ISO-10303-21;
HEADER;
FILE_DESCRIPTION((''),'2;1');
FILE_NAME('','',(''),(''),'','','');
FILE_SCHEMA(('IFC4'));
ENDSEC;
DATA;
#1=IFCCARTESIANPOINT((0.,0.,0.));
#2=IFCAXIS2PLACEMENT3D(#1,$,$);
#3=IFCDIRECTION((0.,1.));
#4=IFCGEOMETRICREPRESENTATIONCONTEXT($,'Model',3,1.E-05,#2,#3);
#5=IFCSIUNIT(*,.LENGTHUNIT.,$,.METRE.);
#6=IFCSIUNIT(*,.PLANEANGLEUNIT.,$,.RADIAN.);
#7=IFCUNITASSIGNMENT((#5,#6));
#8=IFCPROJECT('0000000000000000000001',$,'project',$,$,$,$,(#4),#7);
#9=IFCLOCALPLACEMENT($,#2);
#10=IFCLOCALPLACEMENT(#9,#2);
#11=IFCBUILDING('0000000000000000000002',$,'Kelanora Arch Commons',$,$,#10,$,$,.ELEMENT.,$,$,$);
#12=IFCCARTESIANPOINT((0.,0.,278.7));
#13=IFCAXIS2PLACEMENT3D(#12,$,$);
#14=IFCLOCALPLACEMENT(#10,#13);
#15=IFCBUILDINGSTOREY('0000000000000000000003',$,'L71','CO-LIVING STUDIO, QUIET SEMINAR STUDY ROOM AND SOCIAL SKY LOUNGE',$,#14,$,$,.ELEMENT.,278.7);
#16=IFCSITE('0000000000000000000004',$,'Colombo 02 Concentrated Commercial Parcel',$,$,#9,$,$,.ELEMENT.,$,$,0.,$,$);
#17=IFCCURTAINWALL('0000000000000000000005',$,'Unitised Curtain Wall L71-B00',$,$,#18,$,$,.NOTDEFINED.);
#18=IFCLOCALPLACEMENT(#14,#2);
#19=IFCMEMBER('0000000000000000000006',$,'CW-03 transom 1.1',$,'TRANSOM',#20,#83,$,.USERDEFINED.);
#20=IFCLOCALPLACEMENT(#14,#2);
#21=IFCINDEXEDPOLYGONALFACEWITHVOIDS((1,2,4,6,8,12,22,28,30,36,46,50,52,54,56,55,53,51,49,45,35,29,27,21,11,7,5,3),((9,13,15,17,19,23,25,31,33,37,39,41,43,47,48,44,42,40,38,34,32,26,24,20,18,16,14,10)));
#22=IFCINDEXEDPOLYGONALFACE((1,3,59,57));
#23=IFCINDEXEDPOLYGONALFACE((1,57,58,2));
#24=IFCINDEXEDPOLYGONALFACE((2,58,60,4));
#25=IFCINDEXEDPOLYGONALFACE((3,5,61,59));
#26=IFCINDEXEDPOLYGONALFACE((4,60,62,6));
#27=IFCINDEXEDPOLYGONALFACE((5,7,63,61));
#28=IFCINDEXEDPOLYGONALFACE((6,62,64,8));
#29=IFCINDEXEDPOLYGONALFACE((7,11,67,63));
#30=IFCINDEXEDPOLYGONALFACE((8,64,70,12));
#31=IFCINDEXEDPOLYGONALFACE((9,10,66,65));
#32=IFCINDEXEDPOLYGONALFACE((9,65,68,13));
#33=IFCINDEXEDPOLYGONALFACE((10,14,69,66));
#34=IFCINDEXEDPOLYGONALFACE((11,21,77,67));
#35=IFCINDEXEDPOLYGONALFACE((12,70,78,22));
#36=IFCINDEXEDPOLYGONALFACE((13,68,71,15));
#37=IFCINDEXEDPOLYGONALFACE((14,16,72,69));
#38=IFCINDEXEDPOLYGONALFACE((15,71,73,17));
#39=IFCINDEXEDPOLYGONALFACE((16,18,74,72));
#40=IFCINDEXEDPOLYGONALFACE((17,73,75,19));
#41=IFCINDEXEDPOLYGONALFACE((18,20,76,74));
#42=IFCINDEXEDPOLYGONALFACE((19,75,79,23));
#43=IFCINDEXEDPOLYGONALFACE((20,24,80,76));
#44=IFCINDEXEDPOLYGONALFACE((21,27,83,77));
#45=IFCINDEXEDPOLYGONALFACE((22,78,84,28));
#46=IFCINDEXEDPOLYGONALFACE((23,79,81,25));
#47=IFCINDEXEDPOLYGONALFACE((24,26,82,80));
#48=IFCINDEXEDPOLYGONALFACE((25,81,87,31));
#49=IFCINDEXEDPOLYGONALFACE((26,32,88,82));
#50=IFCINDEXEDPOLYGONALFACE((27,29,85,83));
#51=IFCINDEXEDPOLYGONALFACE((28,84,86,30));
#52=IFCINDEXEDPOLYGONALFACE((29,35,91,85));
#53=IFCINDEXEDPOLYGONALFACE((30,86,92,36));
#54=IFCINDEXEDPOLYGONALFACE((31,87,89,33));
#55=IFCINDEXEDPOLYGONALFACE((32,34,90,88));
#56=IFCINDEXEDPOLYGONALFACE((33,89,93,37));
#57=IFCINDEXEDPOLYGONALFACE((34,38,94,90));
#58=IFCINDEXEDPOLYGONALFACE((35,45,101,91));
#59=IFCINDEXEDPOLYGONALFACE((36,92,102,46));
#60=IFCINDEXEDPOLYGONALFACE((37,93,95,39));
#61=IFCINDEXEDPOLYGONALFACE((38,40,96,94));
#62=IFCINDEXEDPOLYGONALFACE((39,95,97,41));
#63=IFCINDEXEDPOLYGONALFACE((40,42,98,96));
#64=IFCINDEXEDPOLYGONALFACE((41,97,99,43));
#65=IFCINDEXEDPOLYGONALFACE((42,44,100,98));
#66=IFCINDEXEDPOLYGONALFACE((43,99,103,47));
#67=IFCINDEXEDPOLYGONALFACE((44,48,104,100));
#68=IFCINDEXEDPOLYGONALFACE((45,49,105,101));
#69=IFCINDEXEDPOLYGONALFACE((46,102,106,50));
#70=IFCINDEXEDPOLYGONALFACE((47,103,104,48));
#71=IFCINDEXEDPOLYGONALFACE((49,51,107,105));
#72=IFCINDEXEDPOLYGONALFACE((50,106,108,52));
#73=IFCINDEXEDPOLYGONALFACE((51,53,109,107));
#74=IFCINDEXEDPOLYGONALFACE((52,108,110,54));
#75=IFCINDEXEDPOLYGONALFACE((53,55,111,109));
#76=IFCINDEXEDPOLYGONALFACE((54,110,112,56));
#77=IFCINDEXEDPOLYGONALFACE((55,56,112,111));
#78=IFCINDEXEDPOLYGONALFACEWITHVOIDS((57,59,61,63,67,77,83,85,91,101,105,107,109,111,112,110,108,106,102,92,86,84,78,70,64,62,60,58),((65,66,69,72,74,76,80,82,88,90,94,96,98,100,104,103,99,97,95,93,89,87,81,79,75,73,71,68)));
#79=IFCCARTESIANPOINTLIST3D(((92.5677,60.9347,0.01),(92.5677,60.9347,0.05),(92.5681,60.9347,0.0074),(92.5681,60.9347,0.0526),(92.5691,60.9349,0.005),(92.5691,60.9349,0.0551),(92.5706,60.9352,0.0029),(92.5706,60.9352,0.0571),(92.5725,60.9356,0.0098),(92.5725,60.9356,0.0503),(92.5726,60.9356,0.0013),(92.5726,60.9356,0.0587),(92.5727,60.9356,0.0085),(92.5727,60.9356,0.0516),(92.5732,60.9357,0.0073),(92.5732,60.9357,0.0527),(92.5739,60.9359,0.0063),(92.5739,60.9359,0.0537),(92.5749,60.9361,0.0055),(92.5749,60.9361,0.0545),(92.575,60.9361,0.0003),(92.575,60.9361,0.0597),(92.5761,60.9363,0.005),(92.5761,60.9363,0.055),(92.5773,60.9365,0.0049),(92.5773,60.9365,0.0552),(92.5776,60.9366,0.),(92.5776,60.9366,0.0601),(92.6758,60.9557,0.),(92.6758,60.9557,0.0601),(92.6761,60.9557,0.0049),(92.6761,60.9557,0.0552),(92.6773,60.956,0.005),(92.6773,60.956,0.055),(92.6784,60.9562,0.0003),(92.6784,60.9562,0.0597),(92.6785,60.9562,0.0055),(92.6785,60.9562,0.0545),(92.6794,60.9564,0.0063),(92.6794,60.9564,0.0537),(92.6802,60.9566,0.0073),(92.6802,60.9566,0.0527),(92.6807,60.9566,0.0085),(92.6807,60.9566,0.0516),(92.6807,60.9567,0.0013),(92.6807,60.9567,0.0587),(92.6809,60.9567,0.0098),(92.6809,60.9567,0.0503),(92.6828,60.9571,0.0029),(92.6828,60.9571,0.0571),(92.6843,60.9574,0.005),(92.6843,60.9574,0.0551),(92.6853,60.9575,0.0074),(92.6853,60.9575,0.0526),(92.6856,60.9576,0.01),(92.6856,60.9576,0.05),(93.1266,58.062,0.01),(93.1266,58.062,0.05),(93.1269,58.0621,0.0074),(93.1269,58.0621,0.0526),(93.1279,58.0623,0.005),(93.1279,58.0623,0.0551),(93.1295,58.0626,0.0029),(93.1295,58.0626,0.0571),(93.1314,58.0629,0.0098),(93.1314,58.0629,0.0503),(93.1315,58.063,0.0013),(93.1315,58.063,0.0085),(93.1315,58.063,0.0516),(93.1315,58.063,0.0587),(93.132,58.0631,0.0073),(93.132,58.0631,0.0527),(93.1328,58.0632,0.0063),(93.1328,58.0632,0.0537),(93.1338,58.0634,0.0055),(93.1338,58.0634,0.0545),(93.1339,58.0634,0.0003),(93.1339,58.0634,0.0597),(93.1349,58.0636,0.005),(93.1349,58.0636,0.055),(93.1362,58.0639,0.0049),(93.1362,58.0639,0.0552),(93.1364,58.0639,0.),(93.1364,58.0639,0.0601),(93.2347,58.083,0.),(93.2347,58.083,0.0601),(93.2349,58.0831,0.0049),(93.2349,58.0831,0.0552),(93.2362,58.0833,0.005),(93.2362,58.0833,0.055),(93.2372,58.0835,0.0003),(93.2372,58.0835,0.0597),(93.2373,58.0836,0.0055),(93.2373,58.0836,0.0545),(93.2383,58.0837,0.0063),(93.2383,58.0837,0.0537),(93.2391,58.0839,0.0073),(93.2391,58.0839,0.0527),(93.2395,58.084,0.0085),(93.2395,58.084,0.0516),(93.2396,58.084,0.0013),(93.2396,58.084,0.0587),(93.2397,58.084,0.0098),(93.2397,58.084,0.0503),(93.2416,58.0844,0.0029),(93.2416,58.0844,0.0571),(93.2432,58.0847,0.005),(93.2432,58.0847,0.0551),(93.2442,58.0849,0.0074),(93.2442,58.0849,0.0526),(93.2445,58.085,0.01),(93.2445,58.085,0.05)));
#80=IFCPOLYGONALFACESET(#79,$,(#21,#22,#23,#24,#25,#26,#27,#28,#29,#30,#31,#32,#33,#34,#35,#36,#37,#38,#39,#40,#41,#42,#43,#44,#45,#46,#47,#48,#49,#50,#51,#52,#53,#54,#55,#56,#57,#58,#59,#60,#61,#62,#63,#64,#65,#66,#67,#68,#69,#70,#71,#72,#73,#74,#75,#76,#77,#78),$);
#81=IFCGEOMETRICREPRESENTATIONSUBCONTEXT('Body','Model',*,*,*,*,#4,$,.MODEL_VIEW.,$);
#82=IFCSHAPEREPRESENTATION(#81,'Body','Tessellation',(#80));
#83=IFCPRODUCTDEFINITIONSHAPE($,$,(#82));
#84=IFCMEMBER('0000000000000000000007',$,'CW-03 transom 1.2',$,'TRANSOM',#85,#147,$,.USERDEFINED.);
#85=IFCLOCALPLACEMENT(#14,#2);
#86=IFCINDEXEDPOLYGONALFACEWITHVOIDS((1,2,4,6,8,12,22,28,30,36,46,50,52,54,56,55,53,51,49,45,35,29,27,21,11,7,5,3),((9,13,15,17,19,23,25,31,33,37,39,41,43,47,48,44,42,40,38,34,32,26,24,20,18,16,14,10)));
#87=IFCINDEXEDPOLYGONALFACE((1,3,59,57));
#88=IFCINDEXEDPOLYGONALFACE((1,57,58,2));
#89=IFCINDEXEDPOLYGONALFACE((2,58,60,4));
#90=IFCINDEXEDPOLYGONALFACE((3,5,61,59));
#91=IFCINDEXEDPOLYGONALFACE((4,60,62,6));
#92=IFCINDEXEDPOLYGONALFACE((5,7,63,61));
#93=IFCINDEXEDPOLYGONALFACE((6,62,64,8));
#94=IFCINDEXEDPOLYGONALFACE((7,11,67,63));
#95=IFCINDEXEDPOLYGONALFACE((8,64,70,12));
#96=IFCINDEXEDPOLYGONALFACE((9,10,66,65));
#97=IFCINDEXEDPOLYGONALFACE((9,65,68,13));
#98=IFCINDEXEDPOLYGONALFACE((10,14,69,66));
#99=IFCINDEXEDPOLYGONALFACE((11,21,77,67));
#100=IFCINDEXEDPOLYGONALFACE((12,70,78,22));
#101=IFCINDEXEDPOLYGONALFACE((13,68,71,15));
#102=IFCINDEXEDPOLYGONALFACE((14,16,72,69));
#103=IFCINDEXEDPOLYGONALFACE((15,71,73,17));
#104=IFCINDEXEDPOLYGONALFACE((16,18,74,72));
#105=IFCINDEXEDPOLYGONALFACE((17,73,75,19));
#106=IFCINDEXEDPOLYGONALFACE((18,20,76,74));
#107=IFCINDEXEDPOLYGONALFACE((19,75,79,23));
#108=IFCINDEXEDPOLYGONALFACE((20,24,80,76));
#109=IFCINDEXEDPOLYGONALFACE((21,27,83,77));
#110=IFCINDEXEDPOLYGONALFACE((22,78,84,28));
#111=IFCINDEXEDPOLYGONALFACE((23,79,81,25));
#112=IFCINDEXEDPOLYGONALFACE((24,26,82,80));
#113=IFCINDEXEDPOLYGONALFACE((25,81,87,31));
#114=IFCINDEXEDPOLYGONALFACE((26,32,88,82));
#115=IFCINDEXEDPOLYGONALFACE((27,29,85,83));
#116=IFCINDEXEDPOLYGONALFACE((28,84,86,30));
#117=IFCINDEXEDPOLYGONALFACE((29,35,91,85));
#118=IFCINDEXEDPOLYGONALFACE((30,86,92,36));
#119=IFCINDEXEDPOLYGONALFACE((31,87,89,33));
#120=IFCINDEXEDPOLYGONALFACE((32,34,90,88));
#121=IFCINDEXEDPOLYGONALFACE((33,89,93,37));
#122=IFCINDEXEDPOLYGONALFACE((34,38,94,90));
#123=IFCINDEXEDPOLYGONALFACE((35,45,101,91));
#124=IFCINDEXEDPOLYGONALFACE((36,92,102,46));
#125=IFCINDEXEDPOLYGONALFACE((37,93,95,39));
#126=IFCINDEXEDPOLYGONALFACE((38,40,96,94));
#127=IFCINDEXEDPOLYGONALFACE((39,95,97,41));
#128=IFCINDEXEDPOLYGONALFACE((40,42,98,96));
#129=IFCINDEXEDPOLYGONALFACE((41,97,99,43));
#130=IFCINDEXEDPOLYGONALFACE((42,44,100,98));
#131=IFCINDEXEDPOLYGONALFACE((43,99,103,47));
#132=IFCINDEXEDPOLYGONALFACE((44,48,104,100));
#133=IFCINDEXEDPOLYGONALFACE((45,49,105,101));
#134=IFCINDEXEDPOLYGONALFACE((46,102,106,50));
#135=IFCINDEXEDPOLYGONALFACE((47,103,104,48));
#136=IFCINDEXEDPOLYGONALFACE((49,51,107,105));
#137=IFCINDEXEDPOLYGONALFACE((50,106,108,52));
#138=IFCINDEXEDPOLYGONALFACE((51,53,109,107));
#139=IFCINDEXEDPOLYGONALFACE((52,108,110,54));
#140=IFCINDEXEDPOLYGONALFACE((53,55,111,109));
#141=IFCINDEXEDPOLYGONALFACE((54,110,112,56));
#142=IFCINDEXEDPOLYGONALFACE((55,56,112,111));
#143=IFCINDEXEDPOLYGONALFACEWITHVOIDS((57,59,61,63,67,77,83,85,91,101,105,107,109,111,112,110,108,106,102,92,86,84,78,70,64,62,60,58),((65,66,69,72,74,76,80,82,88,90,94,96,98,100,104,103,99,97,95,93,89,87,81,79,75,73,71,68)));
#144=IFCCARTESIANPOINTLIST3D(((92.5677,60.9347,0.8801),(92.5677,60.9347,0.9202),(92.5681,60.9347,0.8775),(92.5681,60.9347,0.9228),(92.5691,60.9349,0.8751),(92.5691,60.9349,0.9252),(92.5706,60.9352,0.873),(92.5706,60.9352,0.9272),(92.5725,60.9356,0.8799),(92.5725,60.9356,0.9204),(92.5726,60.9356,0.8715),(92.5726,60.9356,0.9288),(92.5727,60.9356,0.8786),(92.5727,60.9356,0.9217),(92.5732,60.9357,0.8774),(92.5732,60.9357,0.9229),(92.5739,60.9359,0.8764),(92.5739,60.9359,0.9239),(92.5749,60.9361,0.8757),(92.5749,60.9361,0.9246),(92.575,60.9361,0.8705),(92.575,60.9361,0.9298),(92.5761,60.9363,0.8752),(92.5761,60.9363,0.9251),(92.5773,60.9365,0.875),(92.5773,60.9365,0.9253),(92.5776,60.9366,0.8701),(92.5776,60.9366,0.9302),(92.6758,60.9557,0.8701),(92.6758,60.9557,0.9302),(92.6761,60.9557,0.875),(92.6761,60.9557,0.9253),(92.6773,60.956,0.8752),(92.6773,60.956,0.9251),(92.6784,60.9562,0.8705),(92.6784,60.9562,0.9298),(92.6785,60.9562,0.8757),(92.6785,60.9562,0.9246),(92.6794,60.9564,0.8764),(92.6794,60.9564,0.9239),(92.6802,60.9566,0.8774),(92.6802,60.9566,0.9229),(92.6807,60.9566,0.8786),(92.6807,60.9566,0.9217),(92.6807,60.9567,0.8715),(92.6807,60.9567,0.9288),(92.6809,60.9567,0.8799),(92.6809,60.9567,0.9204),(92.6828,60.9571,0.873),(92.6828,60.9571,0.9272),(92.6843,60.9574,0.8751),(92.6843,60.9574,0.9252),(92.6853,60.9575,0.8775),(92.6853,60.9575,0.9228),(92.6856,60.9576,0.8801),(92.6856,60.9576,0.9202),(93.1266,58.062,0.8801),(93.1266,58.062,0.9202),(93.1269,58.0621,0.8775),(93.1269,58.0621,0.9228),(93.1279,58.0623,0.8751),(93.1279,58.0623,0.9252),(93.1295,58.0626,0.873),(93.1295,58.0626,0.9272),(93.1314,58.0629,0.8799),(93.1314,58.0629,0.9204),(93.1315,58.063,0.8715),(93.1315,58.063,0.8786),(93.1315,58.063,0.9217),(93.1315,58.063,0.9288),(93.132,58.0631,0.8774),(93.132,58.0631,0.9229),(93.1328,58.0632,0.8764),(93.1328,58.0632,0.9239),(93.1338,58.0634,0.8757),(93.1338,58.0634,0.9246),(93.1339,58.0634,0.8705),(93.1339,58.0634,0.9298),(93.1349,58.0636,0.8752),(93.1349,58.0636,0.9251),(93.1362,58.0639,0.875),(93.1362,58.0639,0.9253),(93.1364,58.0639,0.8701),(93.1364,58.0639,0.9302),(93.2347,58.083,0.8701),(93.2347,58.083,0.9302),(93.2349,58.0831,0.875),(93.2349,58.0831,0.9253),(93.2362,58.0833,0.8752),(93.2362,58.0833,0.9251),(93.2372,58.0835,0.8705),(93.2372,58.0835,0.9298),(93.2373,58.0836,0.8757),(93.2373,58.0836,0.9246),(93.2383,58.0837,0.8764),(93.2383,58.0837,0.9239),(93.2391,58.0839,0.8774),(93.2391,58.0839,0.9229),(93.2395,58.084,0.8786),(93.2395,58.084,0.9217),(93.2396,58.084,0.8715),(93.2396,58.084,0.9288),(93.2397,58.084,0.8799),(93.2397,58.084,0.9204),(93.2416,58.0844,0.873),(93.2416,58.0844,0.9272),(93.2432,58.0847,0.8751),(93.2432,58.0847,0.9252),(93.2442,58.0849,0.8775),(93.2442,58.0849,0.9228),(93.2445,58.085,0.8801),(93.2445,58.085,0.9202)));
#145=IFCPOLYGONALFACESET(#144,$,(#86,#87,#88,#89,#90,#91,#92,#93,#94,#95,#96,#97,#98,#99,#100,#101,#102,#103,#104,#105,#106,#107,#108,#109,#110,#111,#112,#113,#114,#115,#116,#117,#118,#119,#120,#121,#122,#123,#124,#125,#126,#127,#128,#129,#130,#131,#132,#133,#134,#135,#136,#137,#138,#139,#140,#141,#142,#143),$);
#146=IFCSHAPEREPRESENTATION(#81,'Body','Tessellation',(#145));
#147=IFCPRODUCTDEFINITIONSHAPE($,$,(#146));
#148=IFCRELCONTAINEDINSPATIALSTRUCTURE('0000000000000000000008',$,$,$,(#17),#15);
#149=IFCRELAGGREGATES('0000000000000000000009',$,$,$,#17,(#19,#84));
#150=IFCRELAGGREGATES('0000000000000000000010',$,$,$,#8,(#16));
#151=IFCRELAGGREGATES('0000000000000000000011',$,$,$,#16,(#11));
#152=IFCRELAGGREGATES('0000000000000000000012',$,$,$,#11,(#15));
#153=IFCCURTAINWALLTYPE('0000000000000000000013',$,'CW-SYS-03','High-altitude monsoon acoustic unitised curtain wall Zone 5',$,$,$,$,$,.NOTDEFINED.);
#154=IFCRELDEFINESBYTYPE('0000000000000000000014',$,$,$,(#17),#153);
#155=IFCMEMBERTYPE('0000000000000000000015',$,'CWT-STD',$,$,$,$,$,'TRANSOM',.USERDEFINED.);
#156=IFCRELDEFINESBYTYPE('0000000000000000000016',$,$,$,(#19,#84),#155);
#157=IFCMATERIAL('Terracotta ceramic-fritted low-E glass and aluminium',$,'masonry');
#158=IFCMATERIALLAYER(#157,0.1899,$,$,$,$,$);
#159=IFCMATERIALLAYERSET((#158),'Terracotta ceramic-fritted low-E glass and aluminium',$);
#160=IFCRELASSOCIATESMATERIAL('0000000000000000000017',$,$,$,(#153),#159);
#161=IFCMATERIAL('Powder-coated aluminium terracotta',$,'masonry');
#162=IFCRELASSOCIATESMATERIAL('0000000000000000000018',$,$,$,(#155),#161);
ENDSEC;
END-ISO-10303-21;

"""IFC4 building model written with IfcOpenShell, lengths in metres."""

from ifc_helpers import new_model, si_unit, direction, frame, origin, origin_2d, place, context, subcontext, project, spatial, hollow_rectangle, extrude, material, layer, layer_set, material_profile, profile_set, type_object, element, aggregate, save


model = new_model("IFC4")

# Units and contexts
model_context = context("Model", 3, precision=1e-05, world=origin(), true_north=direction((0.0, 1.0)))
body_context = subcontext(model_context, "Body", "Model", "MODEL_VIEW")
ifc_project = project(units=[si_unit("LENGTHUNIT", "METRE"), si_unit("PLANEANGLEUNIT", "RADIAN")], contexts=[model_context])

# Site, building, storey
site_placement = place(None, origin())
site = spatial("IfcSite", under=ifc_project, at=site_placement, Name="Colombo 02 Concentrated Commercial Parcel", CompositionType="ELEMENT", RefElevation=0.0)
building_placement = place(site_placement, origin())
building = spatial("IfcBuilding", under=site, at=building_placement, Name="Kelanora Arch Commons", CompositionType="ELEMENT")
storey_placement = place(building_placement, frame((0.0, 0.0, 278.7)))
storey = spatial("IfcBuildingStorey", under=building, at=storey_placement, Name="L71", Description="CO-LIVING STUDIO, QUIET SEMINAR STUDY ROOM AND SOCIAL SKY LOUNGE", CompositionType="ELEMENT", Elevation=278.7)

# Curtain wall
ifc_material_1 = material(Name="Terracotta ceramic-fritted low-E glass and aluminium", Category="masonry")
ifc_layer_1 = layer(ifc_material_1, 0.1899)
ifc_layer_set_1 = layer_set([ifc_layer_1], Name="Terracotta ceramic-fritted low-E glass and aluminium")
curtain_wall_type = type_object("IfcCurtainWallType", Name="CW-SYS-03", Description="High-altitude monsoon acoustic unitised curtain wall Zone 5", PredefinedType="NOTDEFINED", material=ifc_layer_set_1)
curtain_wall_1_placement = place(storey_placement, origin())
curtain_wall_1 = element("IfcCurtainWall", 1, at=curtain_wall_1_placement, inside=storey, type_object=curtain_wall_type, Name="Unitised Curtain Wall L71-B00", PredefinedType="NOTDEFINED")
ifc_material_2 = material(Name="Powder-coated aluminium terracotta", Category="masonry")

# Members
ifc_material_profile_1 = material_profile(ifc_material_2, hollow_rectangle(XDim=0.1201, YDim=0.0601, WallThickness=0.0049, InnerFilletRadius=0.0049, OuterFilletRadius=0.01, at=origin_2d()), Name="CWT120x60")
ifc_profile_set_1 = profile_set([ifc_material_profile_1], Name="Powder-coated aluminium terracotta")
member_type_1 = type_object("IfcMemberType", Name="CWT-STD", ElementType="TRANSOM", PredefinedType="USERDEFINED", material=ifc_profile_set_1)
member_1_placement = place(storey_placement, frame((93.1855, 58.0735, 0.03), z_axis=(-0.190963, 0.981597, 0.0), x_axis=(-0.981597, -0.190963, 0.0)))
member_1 = element("IfcMember", 2, at=member_1_placement, type_object=member_type_1, Name="CW-03 transom 1.1", ObjectType="TRANSOM", PredefinedType="USERDEFINED", context=body_context, shape_type="SweptSolid", body=[
    extrude(hollow_rectangle(XDim=0.1201, YDim=0.0601, WallThickness=0.0049, InnerFilletRadius=0.0049, OuterFilletRadius=0.01, at=origin_2d()), origin(), (0.0, 0.0, 1.0), 2.9265),
])
member_2_placement = place(storey_placement, frame((93.1855, 58.0735, 0.9001), z_axis=(-0.190963, 0.981597, 0.0), x_axis=(-0.981597, -0.190963, 0.0)))
member_2 = element("IfcMember", 3, at=member_2_placement, type_object=member_type_1, Name="CW-03 transom 1.2", ObjectType="TRANSOM", PredefinedType="USERDEFINED", context=body_context, shape_type="SweptSolid", body=[
    extrude(hollow_rectangle(XDim=0.1201, YDim=0.0601, WallThickness=0.0049, InnerFilletRadius=0.0049, OuterFilletRadius=0.01, at=origin_2d()), origin(), (0.0, 0.0, 1.0), 2.9265),
])
aggregate(curtain_wall_1, [member_1, member_2])

save(model, "model.ifc")
